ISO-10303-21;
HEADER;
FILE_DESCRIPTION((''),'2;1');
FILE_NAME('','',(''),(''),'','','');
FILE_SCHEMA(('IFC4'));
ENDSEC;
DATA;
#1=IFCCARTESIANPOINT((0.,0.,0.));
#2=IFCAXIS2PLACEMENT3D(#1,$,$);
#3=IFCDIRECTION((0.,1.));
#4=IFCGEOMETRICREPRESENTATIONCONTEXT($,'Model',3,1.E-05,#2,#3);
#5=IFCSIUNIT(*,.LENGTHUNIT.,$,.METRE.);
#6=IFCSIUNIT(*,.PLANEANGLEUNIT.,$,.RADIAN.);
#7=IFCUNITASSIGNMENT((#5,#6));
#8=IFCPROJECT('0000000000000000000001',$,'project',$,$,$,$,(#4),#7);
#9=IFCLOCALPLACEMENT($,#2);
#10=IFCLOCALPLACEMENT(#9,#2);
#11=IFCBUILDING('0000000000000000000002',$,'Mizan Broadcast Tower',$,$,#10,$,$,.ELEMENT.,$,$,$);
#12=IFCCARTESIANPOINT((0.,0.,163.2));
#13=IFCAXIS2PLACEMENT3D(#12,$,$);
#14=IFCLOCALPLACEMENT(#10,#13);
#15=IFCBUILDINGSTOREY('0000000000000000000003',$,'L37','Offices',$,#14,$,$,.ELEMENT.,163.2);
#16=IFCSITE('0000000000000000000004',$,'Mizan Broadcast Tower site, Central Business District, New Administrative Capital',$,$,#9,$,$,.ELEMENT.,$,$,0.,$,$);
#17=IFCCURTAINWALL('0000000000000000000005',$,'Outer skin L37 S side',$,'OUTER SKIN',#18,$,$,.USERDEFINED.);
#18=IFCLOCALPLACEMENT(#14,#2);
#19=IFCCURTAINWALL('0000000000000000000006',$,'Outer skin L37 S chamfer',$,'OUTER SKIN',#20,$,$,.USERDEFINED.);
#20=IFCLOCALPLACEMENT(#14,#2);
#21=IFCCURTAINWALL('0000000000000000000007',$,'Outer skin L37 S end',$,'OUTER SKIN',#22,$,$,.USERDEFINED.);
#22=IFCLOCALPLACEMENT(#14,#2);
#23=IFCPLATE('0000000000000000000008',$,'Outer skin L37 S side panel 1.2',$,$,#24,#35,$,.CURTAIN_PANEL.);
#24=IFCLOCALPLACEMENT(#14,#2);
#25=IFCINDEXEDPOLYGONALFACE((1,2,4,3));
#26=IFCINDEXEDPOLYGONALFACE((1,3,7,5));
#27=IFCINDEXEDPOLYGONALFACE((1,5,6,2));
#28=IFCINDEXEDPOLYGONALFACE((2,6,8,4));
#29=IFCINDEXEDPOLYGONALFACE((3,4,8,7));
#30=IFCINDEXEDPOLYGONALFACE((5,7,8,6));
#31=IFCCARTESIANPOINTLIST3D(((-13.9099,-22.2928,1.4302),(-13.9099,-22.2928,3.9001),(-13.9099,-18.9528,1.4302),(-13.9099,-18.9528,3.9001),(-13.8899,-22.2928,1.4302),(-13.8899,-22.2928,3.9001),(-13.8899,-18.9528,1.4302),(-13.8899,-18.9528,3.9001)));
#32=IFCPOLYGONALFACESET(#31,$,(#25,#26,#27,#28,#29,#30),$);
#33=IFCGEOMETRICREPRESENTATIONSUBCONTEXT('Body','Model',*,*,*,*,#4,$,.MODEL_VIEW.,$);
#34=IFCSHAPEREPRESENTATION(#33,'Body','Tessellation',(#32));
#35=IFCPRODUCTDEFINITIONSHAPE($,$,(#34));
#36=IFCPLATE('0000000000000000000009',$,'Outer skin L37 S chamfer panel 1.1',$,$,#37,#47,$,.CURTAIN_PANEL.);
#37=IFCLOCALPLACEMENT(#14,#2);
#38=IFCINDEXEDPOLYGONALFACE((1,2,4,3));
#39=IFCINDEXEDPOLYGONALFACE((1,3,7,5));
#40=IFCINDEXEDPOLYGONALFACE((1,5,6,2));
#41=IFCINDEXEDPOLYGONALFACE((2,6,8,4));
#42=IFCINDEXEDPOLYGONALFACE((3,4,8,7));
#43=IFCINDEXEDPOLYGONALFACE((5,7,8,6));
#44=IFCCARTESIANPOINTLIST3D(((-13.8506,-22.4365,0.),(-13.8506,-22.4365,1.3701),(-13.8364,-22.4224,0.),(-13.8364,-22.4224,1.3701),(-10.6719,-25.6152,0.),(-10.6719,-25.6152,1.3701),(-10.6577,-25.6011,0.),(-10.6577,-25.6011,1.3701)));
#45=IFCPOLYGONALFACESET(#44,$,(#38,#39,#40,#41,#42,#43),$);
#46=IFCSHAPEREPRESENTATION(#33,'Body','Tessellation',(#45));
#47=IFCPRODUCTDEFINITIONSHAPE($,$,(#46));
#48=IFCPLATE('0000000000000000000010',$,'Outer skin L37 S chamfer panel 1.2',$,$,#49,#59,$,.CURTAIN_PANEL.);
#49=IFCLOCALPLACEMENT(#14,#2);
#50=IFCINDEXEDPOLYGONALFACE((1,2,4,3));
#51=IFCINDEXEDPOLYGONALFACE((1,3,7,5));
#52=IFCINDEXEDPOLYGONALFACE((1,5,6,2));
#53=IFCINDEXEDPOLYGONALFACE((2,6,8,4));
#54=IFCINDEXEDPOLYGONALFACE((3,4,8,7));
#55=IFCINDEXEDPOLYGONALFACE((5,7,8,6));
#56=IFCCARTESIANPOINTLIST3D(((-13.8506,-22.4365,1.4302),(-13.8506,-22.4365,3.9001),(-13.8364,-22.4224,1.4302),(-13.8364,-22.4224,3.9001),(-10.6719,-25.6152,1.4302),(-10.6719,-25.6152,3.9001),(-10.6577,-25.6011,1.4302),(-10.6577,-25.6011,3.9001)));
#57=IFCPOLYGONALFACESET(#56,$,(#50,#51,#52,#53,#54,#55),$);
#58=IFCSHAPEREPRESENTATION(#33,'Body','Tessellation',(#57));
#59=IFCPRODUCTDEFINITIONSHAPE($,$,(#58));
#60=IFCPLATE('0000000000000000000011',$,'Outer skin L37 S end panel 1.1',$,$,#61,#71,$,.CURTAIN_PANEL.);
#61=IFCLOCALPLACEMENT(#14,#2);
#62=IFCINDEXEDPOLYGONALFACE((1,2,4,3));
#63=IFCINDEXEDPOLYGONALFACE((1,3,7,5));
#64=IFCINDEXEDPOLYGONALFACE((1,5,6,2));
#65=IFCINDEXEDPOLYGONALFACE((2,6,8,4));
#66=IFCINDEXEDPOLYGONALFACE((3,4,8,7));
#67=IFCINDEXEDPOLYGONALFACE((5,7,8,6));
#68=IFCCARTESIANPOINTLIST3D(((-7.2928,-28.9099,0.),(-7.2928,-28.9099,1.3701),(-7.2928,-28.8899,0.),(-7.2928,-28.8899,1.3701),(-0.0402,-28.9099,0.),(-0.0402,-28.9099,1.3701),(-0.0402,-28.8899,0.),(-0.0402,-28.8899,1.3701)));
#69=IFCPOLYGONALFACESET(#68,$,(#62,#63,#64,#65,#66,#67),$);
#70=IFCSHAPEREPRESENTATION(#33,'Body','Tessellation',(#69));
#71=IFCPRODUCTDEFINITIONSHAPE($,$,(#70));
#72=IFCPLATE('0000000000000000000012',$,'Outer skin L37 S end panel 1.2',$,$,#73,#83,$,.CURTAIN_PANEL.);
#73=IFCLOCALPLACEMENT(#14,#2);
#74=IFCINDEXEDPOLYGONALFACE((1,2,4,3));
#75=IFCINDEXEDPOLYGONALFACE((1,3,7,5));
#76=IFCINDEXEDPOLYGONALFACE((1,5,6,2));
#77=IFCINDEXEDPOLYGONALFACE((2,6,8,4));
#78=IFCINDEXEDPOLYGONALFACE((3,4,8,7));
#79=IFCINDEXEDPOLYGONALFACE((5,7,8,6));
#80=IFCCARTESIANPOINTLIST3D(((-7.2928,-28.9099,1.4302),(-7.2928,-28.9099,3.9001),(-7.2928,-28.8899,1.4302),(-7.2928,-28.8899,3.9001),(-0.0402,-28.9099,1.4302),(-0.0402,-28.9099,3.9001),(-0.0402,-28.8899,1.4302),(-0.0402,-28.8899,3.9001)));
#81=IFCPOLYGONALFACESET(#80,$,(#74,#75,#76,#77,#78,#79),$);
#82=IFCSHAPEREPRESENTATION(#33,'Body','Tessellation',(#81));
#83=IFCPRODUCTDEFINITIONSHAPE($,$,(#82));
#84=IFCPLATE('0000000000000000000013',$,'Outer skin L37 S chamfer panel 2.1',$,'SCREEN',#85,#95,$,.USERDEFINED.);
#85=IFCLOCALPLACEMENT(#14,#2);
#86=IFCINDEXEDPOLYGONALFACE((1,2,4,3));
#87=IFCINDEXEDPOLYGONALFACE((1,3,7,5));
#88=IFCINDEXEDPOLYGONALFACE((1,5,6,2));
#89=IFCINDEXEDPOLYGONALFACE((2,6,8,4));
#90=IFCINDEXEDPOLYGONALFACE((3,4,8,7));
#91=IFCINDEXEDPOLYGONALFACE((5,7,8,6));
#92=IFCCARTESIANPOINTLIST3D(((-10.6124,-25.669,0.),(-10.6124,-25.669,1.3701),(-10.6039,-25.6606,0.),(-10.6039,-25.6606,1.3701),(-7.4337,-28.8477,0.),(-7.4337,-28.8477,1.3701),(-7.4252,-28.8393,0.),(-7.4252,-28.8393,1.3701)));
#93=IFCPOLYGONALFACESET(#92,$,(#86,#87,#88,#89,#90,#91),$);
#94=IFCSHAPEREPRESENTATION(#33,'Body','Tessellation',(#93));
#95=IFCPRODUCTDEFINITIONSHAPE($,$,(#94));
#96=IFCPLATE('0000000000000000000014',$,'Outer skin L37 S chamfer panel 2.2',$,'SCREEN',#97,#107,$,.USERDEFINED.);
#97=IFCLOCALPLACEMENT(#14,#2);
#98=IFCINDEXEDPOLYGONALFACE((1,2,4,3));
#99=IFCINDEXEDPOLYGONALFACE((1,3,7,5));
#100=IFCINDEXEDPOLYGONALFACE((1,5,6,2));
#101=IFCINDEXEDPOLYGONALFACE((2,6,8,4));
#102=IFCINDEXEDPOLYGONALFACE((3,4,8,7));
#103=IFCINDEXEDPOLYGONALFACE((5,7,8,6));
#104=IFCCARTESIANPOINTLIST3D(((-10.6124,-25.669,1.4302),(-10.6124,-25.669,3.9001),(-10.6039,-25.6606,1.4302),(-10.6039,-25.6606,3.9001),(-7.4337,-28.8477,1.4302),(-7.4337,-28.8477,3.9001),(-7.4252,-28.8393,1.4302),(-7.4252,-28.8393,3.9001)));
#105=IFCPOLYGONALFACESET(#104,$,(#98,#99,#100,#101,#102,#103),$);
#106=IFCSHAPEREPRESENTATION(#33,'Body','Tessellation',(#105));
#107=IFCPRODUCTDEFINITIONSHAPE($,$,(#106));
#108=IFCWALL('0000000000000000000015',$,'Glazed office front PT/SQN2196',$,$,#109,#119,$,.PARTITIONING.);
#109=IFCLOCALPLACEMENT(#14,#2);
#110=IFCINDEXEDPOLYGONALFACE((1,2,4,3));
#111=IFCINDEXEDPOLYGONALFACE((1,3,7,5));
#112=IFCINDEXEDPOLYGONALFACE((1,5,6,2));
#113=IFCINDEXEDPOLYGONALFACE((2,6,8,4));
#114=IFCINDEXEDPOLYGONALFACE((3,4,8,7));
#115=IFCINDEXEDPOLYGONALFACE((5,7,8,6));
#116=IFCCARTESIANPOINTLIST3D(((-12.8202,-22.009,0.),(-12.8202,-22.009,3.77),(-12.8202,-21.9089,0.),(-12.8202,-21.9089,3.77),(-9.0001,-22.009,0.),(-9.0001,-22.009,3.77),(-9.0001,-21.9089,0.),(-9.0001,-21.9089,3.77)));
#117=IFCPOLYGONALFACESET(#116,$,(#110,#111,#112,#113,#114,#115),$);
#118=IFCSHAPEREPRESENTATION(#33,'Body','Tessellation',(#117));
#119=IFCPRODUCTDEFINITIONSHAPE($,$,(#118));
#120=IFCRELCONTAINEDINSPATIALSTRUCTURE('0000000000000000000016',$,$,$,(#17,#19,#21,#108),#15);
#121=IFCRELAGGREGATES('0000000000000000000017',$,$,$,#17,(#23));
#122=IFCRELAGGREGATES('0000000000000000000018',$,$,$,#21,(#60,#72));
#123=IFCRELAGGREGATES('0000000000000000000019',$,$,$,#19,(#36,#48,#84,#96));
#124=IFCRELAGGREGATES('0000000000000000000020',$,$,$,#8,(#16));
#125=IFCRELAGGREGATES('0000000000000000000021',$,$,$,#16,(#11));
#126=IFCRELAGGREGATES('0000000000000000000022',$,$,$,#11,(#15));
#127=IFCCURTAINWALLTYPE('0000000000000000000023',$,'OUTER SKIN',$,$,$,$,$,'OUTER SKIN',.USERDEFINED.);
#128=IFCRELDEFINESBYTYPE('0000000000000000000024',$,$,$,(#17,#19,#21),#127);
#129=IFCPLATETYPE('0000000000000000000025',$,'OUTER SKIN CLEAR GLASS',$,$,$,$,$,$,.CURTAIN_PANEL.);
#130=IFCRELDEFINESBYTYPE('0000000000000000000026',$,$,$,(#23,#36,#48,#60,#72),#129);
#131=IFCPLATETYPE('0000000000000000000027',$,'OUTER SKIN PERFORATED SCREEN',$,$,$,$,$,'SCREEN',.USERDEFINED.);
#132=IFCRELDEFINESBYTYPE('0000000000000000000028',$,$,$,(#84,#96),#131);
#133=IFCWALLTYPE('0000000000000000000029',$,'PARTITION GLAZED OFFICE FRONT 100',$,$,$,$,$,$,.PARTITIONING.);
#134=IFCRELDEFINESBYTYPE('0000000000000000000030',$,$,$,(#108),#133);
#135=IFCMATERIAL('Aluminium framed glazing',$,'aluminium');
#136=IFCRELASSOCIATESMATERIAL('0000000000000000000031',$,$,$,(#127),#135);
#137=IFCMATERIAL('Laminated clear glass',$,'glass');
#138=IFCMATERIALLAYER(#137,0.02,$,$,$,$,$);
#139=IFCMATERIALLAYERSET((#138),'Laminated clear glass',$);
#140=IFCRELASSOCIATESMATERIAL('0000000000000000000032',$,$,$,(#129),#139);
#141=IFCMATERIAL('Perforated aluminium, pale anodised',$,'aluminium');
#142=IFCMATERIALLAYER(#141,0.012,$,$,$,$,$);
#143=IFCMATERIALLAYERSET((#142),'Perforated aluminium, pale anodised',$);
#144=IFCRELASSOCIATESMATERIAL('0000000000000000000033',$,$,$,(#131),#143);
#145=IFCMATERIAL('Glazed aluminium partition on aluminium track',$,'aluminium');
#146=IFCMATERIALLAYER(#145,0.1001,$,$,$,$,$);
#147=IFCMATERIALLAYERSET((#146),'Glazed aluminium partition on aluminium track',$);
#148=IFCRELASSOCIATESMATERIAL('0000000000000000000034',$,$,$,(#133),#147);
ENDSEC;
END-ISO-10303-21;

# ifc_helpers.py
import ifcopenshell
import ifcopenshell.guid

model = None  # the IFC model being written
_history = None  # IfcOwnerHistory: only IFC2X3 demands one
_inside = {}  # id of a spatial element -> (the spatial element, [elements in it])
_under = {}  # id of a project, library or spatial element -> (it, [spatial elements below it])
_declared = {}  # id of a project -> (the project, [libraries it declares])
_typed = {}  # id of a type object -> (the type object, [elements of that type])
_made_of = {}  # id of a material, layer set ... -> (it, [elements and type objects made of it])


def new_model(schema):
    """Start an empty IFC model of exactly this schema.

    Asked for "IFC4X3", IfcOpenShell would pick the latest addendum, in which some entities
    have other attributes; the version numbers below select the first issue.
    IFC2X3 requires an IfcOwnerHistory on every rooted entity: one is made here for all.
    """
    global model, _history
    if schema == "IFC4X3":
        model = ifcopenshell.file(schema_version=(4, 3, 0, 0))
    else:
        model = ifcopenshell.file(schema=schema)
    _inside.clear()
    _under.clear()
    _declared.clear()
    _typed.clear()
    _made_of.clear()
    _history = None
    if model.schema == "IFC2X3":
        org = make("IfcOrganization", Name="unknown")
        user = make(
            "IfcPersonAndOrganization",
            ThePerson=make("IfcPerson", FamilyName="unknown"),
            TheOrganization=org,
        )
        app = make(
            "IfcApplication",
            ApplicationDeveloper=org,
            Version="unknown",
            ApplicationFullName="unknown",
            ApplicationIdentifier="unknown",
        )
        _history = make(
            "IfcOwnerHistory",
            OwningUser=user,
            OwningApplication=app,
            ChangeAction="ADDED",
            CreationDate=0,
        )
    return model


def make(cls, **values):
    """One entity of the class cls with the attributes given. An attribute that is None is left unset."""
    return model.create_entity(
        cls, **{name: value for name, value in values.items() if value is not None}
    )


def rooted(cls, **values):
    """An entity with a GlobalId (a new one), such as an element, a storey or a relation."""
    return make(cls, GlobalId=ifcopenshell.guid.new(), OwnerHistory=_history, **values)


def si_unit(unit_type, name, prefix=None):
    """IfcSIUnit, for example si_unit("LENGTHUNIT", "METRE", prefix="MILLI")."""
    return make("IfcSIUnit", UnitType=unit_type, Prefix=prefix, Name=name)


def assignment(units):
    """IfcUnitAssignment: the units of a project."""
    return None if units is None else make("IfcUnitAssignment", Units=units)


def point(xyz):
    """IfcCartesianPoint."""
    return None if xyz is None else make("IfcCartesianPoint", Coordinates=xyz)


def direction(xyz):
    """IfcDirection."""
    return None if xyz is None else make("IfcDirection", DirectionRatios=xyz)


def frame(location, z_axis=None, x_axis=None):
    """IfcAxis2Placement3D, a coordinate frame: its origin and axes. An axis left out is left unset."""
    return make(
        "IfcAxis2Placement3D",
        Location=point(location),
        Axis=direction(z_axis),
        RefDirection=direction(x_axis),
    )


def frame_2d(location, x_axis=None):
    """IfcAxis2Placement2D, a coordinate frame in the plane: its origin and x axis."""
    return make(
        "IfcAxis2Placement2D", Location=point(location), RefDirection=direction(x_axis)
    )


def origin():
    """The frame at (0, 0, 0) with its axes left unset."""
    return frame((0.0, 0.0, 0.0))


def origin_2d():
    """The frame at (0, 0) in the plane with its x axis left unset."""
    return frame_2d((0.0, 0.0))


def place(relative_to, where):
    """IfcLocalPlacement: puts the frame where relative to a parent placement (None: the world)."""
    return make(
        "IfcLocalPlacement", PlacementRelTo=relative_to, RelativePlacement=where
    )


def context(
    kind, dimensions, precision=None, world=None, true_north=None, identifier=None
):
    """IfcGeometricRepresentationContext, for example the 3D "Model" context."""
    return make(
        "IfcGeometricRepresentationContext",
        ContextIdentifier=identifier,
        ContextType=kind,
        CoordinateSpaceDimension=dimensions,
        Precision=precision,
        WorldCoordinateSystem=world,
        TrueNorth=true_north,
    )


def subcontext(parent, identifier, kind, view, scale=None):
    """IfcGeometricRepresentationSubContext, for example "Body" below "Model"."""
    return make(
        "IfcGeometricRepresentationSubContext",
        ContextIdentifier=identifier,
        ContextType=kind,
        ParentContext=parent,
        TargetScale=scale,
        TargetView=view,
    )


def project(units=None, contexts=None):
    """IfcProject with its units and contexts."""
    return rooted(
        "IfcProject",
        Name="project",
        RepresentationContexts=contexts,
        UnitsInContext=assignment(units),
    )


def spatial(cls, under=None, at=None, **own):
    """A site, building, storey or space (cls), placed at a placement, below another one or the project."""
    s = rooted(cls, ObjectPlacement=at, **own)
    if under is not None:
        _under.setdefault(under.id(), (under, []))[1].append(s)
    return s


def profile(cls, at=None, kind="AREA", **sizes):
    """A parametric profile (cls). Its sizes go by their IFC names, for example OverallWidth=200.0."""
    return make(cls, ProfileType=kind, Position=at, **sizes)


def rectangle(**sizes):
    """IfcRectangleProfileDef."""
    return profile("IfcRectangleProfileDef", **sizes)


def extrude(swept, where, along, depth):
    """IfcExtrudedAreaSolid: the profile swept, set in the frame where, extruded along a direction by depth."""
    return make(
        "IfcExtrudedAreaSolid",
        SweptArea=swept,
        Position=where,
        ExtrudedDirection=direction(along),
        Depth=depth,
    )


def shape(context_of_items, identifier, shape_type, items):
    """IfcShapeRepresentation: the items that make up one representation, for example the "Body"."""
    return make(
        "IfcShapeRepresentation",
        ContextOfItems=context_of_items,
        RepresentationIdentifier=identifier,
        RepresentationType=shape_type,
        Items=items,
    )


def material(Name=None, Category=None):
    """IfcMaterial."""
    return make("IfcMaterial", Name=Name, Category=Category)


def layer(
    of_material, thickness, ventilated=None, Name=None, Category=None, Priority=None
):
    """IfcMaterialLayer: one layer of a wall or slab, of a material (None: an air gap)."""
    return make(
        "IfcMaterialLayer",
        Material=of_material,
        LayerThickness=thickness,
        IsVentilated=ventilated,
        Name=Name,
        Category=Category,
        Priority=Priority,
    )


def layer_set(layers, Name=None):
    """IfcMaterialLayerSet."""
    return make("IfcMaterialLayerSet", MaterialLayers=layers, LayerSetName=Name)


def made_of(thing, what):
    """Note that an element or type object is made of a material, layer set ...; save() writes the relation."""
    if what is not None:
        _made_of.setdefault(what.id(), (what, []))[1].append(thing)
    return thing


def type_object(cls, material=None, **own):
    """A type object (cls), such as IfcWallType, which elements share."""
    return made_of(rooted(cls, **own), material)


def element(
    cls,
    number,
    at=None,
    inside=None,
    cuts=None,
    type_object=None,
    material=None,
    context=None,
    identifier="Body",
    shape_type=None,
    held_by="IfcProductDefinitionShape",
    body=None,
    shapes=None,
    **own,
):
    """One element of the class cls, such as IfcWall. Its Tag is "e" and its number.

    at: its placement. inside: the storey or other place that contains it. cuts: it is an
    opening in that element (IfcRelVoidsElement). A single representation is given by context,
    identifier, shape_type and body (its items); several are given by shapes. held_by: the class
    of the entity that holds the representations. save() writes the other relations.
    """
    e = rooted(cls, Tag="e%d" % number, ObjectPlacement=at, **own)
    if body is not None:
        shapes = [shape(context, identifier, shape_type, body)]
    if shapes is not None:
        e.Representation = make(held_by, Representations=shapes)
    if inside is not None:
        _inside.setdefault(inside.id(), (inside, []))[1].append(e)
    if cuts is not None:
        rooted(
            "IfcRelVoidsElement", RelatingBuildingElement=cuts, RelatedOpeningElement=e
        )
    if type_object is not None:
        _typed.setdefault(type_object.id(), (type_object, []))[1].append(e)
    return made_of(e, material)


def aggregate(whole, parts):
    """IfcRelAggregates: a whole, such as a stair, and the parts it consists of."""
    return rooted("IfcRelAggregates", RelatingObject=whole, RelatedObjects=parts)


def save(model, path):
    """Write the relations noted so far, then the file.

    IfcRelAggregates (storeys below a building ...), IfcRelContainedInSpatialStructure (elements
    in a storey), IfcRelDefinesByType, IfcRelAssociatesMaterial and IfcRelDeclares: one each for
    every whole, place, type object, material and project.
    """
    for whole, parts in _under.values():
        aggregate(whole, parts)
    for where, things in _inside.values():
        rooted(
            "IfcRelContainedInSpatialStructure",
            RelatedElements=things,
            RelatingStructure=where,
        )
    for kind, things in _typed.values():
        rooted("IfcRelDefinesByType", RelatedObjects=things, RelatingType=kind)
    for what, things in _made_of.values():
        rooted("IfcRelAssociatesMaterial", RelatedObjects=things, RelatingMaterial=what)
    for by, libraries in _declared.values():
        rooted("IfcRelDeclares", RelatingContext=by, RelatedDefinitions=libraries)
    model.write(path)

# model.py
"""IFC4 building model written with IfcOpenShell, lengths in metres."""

from ifc_helpers import new_model, si_unit, direction, frame, frame_2d, origin, origin_2d, place, context, subcontext, project, spatial, rectangle, extrude, material, layer, layer_set, type_object, element, aggregate, save


model = new_model("IFC4")

# Units and contexts
model_context = context("Model", 3, precision=1e-05, world=origin(), true_north=direction((0.0, 1.0)))
body_context = subcontext(model_context, "Body", "Model", "MODEL_VIEW")
ifc_project = project(units=[si_unit("LENGTHUNIT", "METRE"), si_unit("PLANEANGLEUNIT", "RADIAN")], contexts=[model_context])

# Site, building, storey
site_placement = place(None, origin())
site = spatial("IfcSite", under=ifc_project, at=site_placement, Name="Mizan Broadcast Tower site, Central Business District, New Administrative Capital", CompositionType="ELEMENT", RefElevation=0.0)
building_placement = place(site_placement, origin())
building = spatial("IfcBuilding", under=site, at=building_placement, Name="Mizan Broadcast Tower", CompositionType="ELEMENT")
storey_placement = place(building_placement, frame((0.0, 0.0, 163.2)))
storey = spatial("IfcBuildingStorey", under=building, at=storey_placement, Name="L37", Description="Offices", CompositionType="ELEMENT", Elevation=163.2)

# Curtain wall
ifc_material_1 = material(Name="Aluminium framed glazing", Category="aluminium")
curtain_wall_type_1 = type_object("IfcCurtainWallType", Name="OUTER SKIN", ElementType="OUTER SKIN", PredefinedType="USERDEFINED", material=ifc_material_1)
curtain_wall_1_placement = place(storey_placement, origin())
curtain_wall_1 = element("IfcCurtainWall", 1, at=curtain_wall_1_placement, inside=storey, type_object=curtain_wall_type_1, Name="Outer skin L37 S side", ObjectType="OUTER SKIN", PredefinedType="USERDEFINED")

# Curtain wall
curtain_wall_2_placement = place(storey_placement, origin())
curtain_wall_2 = element("IfcCurtainWall", 2, at=curtain_wall_2_placement, inside=storey, type_object=curtain_wall_type_1, Name="Outer skin L37 S chamfer", ObjectType="OUTER SKIN", PredefinedType="USERDEFINED")

# Curtain wall
curtain_wall_3_placement = place(storey_placement, origin())
curtain_wall_3 = element("IfcCurtainWall", 3, at=curtain_wall_3_placement, inside=storey, type_object=curtain_wall_type_1, Name="Outer skin L37 S end", ObjectType="OUTER SKIN", PredefinedType="USERDEFINED")

# Plates
ifc_material_2 = material(Name="Laminated clear glass", Category="glass")
ifc_layer_1 = layer(ifc_material_2, 0.02)
ifc_layer_set_1 = layer_set([ifc_layer_1], Name="Laminated clear glass")
plate_type_1 = type_object("IfcPlateType", Name="OUTER SKIN CLEAR GLASS", PredefinedType="CURTAIN_PANEL", material=ifc_layer_set_1)
plate_1_placement = place(storey_placement, frame((-13.8999, -20.6228, 1.4302), z_axis=(0.0, 0.0, 1.0), x_axis=(0.0, -1.0, 0.0)))
plate_1 = element("IfcPlate", 4, at=plate_1_placement, type_object=plate_type_1, Name="Outer skin L37 S side panel 1.2", PredefinedType="CURTAIN_PANEL", context=body_context, shape_type="SweptSolid", body=[
    extrude(rectangle(XDim=3.3401, YDim=0.02, at=origin_2d()), origin(), (0.0, 0.0, 1.0), 2.47),
])
aggregate(curtain_wall_1, [plate_1])
plate_2_placement = place(storey_placement, frame((-12.2542, -24.0188, 0.0), z_axis=(0.0, 0.0, 1.0), x_axis=(0.707107, -0.707107, 0.0)))
plate_2 = element("IfcPlate", 5, at=plate_2_placement, type_object=plate_type_1, Name="Outer skin L37 S chamfer panel 1.1", PredefinedType="CURTAIN_PANEL", context=body_context, shape_type="SweptSolid", body=[
    extrude(rectangle(XDim=4.4954, YDim=0.02, at=origin_2d()), origin(), (0.0, 0.0, 1.0), 1.3701),
])
plate_3_placement = place(storey_placement, frame((-12.2542, -24.0188, 1.4302), z_axis=(0.0, 0.0, 1.0), x_axis=(0.707107, -0.707107, 0.0)))
plate_3 = element("IfcPlate", 6, at=plate_3_placement, type_object=plate_type_1, Name="Outer skin L37 S chamfer panel 1.2", PredefinedType="CURTAIN_PANEL", context=body_context, shape_type="SweptSolid", body=[
    extrude(rectangle(XDim=4.4954, YDim=0.02, at=origin_2d()), origin(), (0.0, 0.0, 1.0), 2.47),
])
plate_4_placement = place(storey_placement, frame((-3.6665, -28.8999, 0.0), z_axis=(0.0, 0.0, 1.0), x_axis=(1.0, 0.0, 0.0)))
plate_4 = element("IfcPlate", 7, at=plate_4_placement, type_object=plate_type_1, Name="Outer skin L37 S end panel 1.1", PredefinedType="CURTAIN_PANEL", context=body_context, shape_type="SweptSolid", body=[
    extrude(rectangle(XDim=7.2527, YDim=0.02, at=origin_2d()), origin(), (0.0, 0.0, 1.0), 1.3701),
])
plate_5_placement = place(storey_placement, frame((-3.6665, -28.8999, 1.4302), z_axis=(0.0, 0.0, 1.0), x_axis=(1.0, 0.0, 0.0)))
plate_5 = element("IfcPlate", 8, at=plate_5_placement, type_object=plate_type_1, Name="Outer skin L37 S end panel 1.2", PredefinedType="CURTAIN_PANEL", context=body_context, shape_type="SweptSolid", body=[
    extrude(rectangle(XDim=7.2527, YDim=0.02, at=origin_2d()), origin(), (0.0, 0.0, 1.0), 2.47),
])
aggregate(curtain_wall_3, [plate_4, plate_5])
ifc_material_3 = material(Name="Perforated aluminium, pale anodised", Category="aluminium")
ifc_layer_2 = layer(ifc_material_3, 0.012)
ifc_layer_set_2 = layer_set([ifc_layer_2], Name="Perforated aluminium, pale anodised")
plate_type_2 = type_object("IfcPlateType", Name="OUTER SKIN PERFORATED SCREEN", ElementType="SCREEN", PredefinedType="USERDEFINED", material=ifc_layer_set_2)
plate_6_placement = place(storey_placement, frame((-9.0188, -27.2542, 0.0), z_axis=(0.0, 0.0, 1.0), x_axis=(0.707107, -0.707107, 0.0)))
plate_6 = element("IfcPlate", 9, at=plate_6_placement, type_object=plate_type_2, Name="Outer skin L37 S chamfer panel 2.1", ObjectType="SCREEN", PredefinedType="USERDEFINED", context=body_context, shape_type="SweptSolid", body=[
    extrude(rectangle(XDim=4.4954, YDim=0.012, at=origin_2d()), origin(), (0.0, 0.0, 1.0), 1.3701),
])
plate_7_placement = place(storey_placement, frame((-9.0188, -27.2542, 1.4302), z_axis=(0.0, 0.0, 1.0), x_axis=(0.707107, -0.707107, 0.0)))
plate_7 = element("IfcPlate", 10, at=plate_7_placement, type_object=plate_type_2, Name="Outer skin L37 S chamfer panel 2.2", ObjectType="SCREEN", PredefinedType="USERDEFINED", context=body_context, shape_type="SweptSolid", body=[
    extrude(rectangle(XDim=4.4954, YDim=0.012, at=origin_2d()), origin(), (0.0, 0.0, 1.0), 2.47),
])
aggregate(curtain_wall_2, [plate_2, plate_3, plate_6, plate_7])

# Wall
ifc_material_4 = material(Name="Glazed aluminium partition on aluminium track", Category="aluminium")
ifc_layer_3 = layer(ifc_material_4, 0.1001)
ifc_layer_set_3 = layer_set([ifc_layer_3], Name="Glazed aluminium partition on aluminium track")
wall_type = type_object("IfcWallType", Name="PARTITION GLAZED OFFICE FRONT 100", PredefinedType="PARTITIONING", material=ifc_layer_set_3)
wall_placement = place(storey_placement, frame((-9.0, -21.959, 0.0), z_axis=(0.0, 0.0, 1.0), x_axis=(-1.0, 0.0, 0.0)))
element("IfcWall", 11, at=wall_placement, inside=storey, type_object=wall_type, Name="Glazed office front PT/SQN2196", PredefinedType="PARTITIONING", context=body_context, shape_type="SweptSolid", body=[
    extrude(rectangle(XDim=3.8201, YDim=0.1001, at=frame_2d((1.9102, 0.0))), origin(), (0.0, 0.0, 1.0), 3.77),
])

save(model, "model.ifc")
